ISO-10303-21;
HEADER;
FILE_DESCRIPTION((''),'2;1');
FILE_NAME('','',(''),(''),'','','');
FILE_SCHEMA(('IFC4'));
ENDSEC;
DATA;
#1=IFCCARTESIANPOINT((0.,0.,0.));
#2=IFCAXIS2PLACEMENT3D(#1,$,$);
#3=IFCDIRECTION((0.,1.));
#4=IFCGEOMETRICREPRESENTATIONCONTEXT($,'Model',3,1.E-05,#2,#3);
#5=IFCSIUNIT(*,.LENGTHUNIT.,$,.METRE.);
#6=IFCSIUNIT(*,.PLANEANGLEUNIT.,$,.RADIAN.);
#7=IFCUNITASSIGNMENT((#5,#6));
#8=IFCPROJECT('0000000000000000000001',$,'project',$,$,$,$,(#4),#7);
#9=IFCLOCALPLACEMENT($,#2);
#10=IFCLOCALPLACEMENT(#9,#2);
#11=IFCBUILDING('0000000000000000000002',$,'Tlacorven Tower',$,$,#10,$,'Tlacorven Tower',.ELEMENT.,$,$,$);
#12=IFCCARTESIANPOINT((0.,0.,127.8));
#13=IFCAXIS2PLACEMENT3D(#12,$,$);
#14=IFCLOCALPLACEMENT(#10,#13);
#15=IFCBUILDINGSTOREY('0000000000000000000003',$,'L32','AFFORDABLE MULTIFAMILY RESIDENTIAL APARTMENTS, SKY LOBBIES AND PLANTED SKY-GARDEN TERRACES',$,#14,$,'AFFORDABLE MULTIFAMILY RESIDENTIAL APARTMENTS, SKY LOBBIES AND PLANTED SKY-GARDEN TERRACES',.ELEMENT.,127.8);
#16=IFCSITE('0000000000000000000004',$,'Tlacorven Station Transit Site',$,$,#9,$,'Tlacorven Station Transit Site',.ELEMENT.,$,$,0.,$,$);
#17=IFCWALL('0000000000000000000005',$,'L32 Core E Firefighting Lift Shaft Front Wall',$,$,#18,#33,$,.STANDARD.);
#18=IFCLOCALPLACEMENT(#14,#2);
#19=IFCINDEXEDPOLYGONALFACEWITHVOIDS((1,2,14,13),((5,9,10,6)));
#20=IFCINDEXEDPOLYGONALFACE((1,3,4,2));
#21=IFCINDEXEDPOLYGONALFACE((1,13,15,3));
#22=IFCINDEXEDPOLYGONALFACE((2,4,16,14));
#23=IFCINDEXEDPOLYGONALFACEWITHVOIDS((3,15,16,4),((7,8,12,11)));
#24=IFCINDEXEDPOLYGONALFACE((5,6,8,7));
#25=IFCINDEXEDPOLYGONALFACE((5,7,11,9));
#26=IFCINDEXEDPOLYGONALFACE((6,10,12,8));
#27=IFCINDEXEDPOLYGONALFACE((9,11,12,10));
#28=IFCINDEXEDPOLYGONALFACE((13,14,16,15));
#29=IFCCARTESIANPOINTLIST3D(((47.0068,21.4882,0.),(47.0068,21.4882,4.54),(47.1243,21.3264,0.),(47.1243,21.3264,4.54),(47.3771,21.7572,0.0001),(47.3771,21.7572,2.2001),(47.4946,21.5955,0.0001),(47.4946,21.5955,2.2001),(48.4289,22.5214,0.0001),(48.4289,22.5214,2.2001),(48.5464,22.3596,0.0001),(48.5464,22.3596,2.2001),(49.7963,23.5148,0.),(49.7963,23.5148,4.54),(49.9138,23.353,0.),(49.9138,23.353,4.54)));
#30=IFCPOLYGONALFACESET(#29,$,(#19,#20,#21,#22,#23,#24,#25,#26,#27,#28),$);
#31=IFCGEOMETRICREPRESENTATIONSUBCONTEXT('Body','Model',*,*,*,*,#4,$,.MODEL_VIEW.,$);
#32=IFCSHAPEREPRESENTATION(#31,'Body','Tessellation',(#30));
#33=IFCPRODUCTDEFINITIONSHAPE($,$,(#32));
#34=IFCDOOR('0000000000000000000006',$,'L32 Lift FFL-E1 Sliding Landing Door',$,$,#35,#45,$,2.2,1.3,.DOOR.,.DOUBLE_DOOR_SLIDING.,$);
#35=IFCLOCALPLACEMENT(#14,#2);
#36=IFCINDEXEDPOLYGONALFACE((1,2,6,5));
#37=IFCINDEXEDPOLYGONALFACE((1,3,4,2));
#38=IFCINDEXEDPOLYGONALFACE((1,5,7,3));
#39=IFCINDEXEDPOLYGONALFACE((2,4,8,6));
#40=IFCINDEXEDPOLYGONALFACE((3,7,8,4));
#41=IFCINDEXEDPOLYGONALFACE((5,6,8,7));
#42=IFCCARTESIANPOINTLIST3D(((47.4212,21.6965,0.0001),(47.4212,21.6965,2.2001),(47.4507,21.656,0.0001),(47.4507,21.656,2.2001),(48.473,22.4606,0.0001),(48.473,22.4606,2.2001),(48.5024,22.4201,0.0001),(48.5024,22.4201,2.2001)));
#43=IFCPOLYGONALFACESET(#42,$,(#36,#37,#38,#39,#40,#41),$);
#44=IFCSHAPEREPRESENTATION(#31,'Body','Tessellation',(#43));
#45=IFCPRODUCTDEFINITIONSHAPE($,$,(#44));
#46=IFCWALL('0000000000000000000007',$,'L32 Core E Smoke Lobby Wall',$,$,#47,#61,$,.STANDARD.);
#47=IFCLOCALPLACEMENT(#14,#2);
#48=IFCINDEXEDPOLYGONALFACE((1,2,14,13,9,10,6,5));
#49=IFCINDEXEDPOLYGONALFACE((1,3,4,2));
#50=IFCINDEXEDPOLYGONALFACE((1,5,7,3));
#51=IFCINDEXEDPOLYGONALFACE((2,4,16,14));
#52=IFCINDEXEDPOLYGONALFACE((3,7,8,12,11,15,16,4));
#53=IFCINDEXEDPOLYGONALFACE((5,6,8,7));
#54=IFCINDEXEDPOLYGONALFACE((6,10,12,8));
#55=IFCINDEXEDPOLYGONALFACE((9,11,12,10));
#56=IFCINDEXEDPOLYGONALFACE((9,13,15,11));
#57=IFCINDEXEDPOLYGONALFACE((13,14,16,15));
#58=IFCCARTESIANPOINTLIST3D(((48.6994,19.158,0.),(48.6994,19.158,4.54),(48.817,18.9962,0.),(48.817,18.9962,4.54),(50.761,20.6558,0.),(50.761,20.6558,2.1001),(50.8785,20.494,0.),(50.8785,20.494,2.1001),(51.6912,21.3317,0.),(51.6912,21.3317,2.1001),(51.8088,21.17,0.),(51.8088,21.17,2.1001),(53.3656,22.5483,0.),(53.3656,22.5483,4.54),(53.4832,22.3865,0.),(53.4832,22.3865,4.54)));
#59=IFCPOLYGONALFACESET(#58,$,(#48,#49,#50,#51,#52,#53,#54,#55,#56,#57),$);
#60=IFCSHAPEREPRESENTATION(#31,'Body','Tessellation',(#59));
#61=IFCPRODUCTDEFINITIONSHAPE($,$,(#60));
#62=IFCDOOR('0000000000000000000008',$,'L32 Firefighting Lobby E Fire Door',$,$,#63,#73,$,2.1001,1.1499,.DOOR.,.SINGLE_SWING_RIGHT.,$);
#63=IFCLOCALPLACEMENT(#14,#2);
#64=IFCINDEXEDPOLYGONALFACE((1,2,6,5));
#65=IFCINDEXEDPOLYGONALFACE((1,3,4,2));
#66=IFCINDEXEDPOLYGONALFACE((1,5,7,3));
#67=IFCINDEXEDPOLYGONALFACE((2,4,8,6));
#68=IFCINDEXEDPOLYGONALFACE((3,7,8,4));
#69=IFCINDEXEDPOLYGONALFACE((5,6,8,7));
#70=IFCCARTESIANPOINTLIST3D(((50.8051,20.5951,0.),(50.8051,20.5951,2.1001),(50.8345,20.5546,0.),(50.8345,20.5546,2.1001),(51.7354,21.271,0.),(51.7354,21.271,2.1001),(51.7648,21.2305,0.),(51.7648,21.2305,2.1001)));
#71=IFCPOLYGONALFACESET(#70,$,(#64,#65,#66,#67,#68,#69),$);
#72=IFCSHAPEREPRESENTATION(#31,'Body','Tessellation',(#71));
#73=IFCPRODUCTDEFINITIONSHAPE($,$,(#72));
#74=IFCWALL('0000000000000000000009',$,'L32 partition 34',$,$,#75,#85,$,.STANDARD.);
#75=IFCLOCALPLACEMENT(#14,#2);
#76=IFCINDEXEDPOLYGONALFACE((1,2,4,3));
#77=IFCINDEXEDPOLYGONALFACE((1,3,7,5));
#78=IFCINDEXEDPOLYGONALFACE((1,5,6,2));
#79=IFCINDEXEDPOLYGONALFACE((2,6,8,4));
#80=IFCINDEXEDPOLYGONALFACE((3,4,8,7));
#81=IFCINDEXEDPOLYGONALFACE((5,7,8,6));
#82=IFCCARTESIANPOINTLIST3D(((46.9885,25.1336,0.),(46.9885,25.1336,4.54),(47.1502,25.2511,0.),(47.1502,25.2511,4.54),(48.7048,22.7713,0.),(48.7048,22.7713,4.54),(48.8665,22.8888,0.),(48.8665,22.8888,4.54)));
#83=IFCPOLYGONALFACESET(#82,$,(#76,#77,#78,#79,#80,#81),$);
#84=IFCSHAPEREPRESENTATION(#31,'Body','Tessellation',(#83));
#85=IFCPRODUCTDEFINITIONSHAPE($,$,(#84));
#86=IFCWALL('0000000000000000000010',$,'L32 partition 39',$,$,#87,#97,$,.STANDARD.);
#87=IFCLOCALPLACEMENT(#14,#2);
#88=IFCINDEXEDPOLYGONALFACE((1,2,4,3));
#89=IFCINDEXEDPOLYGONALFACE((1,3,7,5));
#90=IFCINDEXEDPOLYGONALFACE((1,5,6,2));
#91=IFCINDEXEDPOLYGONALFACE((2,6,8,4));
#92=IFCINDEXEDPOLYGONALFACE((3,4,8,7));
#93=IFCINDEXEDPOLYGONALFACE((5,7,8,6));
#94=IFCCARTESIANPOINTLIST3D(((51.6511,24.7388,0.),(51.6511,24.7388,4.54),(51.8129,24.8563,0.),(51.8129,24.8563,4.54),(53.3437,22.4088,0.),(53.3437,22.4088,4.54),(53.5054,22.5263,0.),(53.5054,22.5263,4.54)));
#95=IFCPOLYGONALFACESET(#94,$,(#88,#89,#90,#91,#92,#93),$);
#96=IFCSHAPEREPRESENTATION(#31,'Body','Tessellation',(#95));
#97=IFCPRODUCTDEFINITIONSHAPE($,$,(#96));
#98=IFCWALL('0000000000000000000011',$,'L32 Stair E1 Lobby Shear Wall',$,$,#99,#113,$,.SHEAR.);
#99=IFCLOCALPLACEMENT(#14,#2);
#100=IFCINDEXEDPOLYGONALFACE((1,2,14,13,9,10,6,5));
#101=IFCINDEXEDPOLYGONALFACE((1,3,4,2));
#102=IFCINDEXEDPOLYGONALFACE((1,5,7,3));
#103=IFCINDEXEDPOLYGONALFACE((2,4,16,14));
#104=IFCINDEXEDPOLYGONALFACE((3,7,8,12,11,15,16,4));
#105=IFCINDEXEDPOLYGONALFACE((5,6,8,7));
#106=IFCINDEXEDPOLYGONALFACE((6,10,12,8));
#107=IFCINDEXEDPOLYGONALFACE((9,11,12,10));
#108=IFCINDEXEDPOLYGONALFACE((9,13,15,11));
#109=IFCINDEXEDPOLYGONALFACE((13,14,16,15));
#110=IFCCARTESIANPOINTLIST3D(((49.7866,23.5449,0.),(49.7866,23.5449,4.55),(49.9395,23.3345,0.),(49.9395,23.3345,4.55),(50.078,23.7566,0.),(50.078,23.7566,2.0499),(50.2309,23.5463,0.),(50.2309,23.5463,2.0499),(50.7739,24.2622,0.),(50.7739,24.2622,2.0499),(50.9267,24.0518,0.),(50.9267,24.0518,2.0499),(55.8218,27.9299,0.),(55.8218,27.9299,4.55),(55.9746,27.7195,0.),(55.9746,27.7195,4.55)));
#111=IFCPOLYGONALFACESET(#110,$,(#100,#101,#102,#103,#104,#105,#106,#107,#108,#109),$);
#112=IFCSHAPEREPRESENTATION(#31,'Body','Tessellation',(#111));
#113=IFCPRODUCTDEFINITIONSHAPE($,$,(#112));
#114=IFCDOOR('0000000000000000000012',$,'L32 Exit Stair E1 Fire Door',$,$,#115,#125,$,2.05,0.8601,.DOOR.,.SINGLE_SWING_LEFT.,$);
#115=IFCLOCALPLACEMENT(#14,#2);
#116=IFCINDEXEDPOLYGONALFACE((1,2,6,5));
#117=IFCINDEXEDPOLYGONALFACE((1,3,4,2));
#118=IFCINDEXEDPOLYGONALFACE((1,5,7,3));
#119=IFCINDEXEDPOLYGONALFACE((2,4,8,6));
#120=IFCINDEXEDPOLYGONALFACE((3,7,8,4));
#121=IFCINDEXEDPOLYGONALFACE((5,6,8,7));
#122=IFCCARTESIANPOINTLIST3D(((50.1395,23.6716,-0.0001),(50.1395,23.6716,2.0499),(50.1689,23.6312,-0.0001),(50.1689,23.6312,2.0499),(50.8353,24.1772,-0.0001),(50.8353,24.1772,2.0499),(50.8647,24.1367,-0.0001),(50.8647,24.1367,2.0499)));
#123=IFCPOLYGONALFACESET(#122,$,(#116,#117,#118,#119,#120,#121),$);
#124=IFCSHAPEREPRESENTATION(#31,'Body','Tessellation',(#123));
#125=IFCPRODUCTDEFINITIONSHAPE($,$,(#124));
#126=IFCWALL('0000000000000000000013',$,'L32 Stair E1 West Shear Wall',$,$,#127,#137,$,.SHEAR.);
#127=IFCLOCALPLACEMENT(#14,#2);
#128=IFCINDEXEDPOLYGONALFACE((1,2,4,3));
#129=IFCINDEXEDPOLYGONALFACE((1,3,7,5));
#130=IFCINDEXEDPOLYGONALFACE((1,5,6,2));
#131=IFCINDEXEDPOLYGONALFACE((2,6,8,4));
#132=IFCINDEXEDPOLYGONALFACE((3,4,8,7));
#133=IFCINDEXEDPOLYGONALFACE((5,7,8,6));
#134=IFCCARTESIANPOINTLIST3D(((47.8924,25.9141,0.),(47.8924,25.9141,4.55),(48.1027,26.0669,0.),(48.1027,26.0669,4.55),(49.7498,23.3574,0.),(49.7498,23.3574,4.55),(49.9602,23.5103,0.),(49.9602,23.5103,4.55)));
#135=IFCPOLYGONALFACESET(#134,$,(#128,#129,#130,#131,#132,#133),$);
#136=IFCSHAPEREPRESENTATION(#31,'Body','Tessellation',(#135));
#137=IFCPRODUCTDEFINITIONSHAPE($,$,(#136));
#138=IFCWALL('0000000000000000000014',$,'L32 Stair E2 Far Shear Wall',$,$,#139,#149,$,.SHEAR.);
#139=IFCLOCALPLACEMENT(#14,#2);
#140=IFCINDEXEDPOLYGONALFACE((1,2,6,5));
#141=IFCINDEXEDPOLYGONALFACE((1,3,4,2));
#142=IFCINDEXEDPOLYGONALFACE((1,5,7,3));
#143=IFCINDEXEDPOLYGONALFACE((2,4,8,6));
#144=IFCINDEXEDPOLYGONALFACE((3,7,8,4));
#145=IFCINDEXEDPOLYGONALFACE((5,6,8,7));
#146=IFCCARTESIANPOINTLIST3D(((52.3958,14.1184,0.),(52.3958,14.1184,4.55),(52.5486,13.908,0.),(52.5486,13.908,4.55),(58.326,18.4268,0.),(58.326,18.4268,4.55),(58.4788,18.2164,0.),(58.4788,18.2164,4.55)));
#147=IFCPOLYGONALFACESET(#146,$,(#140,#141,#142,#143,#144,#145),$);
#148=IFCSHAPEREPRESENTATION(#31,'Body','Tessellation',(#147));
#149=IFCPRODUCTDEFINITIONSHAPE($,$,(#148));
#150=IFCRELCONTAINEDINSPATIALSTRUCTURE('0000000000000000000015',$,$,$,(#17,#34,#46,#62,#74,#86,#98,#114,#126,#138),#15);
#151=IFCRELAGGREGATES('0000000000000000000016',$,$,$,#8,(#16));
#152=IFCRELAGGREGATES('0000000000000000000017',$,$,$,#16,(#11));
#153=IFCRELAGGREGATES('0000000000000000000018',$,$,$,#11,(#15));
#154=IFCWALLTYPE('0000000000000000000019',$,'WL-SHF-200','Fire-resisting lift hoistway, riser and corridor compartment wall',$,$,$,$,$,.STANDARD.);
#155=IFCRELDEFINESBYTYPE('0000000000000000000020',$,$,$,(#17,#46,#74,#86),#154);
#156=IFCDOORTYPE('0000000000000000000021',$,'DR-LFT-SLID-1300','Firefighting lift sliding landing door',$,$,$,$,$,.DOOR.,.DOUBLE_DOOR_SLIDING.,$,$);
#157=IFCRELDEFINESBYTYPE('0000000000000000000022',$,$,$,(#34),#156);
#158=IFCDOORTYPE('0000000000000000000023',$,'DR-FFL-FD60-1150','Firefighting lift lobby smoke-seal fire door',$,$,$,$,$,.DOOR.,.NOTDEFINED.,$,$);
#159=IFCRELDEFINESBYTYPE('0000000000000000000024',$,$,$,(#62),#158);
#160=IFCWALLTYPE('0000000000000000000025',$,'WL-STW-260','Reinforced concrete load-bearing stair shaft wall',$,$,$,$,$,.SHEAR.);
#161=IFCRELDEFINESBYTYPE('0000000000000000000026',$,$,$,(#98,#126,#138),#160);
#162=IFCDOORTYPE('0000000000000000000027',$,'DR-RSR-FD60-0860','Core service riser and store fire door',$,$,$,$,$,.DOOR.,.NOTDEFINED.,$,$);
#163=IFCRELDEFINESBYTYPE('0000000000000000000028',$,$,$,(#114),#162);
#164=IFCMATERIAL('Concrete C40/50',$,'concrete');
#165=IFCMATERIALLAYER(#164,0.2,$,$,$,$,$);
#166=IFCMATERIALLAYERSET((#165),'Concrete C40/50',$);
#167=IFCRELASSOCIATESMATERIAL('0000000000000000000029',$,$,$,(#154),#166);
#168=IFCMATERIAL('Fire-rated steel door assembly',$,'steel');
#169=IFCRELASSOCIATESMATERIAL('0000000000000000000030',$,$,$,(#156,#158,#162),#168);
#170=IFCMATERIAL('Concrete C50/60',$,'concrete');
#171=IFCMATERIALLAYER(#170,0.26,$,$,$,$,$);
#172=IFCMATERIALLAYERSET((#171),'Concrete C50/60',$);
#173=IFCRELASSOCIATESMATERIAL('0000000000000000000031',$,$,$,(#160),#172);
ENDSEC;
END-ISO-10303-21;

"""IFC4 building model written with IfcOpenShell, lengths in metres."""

from ifc_helpers import new_model, si_unit, direction, frame, frame_2d, origin, place, context, subcontext, project, spatial, rectangle, extrude, source, transform, mapped, material, layer, layer_set, type_object, element, fill, save


model = new_model("IFC4")

# Units and contexts
model_context = context("Model", 3, precision=1e-05, world=origin(), true_north=direction((0.0, 1.0)))
body_context = subcontext(model_context, "Body", "Model", "MODEL_VIEW")
ifc_project = project(units=[si_unit("LENGTHUNIT", "METRE"), si_unit("PLANEANGLEUNIT", "RADIAN")], contexts=[model_context])

# Site, building, storey
site_placement = place(None, origin())
site = spatial("IfcSite", under=ifc_project, at=site_placement, Name="Tlacorven Station Transit Site", LongName="Tlacorven Station Transit Site", CompositionType="ELEMENT", RefElevation=0.0)
building_placement = place(site_placement, origin())
building = spatial("IfcBuilding", under=site, at=building_placement, Name="Tlacorven Tower", LongName="Tlacorven Tower", CompositionType="ELEMENT")
storey_placement = place(building_placement, frame((0.0, 0.0, 127.8)))
storey = spatial("IfcBuildingStorey", under=building, at=storey_placement, Name="L32", Description="AFFORDABLE MULTIFAMILY RESIDENTIAL APARTMENTS, SKY LOBBIES AND PLANTED SKY-GARDEN TERRACES", LongName="AFFORDABLE MULTIFAMILY RESIDENTIAL APARTMENTS, SKY LOBBIES AND PLANTED SKY-GARDEN TERRACES", CompositionType="ELEMENT", Elevation=127.8)

# Walls, openings, doors
ifc_material_1 = material(Name="Concrete C40/50", Category="concrete")
ifc_layer_1 = layer(ifc_material_1, 0.2)
ifc_layer_set_1 = layer_set([ifc_layer_1], Name="Concrete C40/50")
wall_type_1 = type_object("IfcWallType", Name="WL-SHF-200", Description="Fire-resisting lift hoistway, riser and corridor compartment wall", PredefinedType="STANDARD", material=ifc_layer_set_1)
wall_1_placement = place(storey_placement, frame((47.0654, 21.4072, 0.0), z_axis=(0.0, 0.0, 1.0), x_axis=(0.809033, 0.587763, 0.0)))
wall_1 = element("IfcWall", 1, at=wall_1_placement, inside=storey, type_object=wall_type_1, Name="L32 Core E Firefighting Lift Shaft Front Wall", PredefinedType="STANDARD", context=body_context, shape_type="SweptSolid", body=[
    extrude(rectangle(XDim=3.448, YDim=0.2, at=frame_2d((1.7241, 0.0))), origin(), (0.0, 0.0, 1.0), 4.54),
])
opening_1_placement = place(wall_1_placement, frame((0.458, 0.0, 0.0)))
opening_1 = element("IfcOpeningElement", 2, at=opening_1_placement, cuts=wall_1, PredefinedType="OPENING", context=body_context, shape_type="SweptSolid", body=[
    extrude(rectangle(XDim=1.3, YDim=2.2, at=frame_2d((0.6499, 1.1001))), frame((0.0, 0.1099, 0.0), z_axis=(0.0, -1.0, 0.0), x_axis=(1.0, 0.0, 0.0)), (0.0, 0.0, 1.0), 0.22),
])
ifc_material_2 = material(Name="Fire-rated steel door assembly", Category="steel")
door_type_1 = type_object("IfcDoorType", Name="DR-LFT-SLID-1300", Description="Firefighting lift sliding landing door", OperationType="DOUBLE_DOOR_SLIDING", PredefinedType="DOOR", material=ifc_material_2)
shared_shape_1 = source(origin(), body_context, "Body", "SweptSolid", [
    extrude(rectangle(XDim=1.3, YDim=2.2, at=frame_2d((0.6499, 1.1001))), frame((0.0, 0.0249, 0.0), z_axis=(0.0, -1.0, 0.0), x_axis=(1.0, 0.0, 0.0)), (0.0, 0.0, 1.0), 0.05),
])
door_1_placement = place(opening_1_placement, origin())
door_1 = element("IfcDoor", 3, at=door_1_placement, inside=storey, type_object=door_type_1, Name="L32 Lift FFL-E1 Sliding Landing Door", OperationType="DOUBLE_DOOR_SLIDING", OverallHeight=2.2, OverallWidth=1.3, PredefinedType="DOOR", context=body_context, shape_type="MappedRepresentation", body=[
    mapped(shared_shape_1, transform((0.0, 0.0, 0.0), scale=1.0)),
])
fill(opening_1, door_1)
wall_2_placement = place(storey_placement, frame((48.7583, 19.0771, 0.0), z_axis=(0.0, 0.0, 1.0), x_axis=(0.809005, 0.587802, 0.0)))
wall_2 = element("IfcWall", 4, at=wall_2_placement, inside=storey, type_object=wall_type_1, Name="L32 Core E Smoke Lobby Wall", PredefinedType="STANDARD", context=body_context, shape_type="SweptSolid", body=[
    extrude(rectangle(XDim=5.7678, YDim=0.2, at=frame_2d((2.8838, 0.0))), origin(), (0.0, 0.0, 1.0), 4.54),
])
opening_2_placement = place(wall_2_placement, frame((2.5481, 0.0, 0.0)))
opening_2 = element("IfcOpeningElement", 5, at=opening_2_placement, cuts=wall_2, PredefinedType="OPENING", context=body_context, shape_type="SweptSolid", body=[
    extrude(rectangle(XDim=1.1499, YDim=2.1001, at=frame_2d((0.575, 1.05))), frame((0.0, 0.1099, 0.0), z_axis=(0.0, -1.0, 0.0), x_axis=(1.0, 0.0, 0.0)), (0.0, 0.0, 1.0), 0.22),
])
door_type_2 = type_object("IfcDoorType", Name="DR-FFL-FD60-1150", Description="Firefighting lift lobby smoke-seal fire door", OperationType="NOTDEFINED", PredefinedType="DOOR", material=ifc_material_2)
shared_shape_2 = source(origin(), body_context, "Body", "SweptSolid", [
    extrude(rectangle(XDim=1.1499, YDim=2.1001, at=frame_2d((0.575, 1.05))), frame((0.0, 0.0249, 0.0), z_axis=(0.0, -1.0, 0.0), x_axis=(1.0, 0.0, 0.0)), (0.0, 0.0, 1.0), 0.05),
])
door_2_placement = place(opening_2_placement, origin())
door_2 = element("IfcDoor", 6, at=door_2_placement, inside=storey, type_object=door_type_2, Name="L32 Firefighting Lobby E Fire Door", OperationType="SINGLE_SWING_RIGHT", OverallHeight=2.1001, OverallWidth=1.1499, PredefinedType="DOOR", context=body_context, shape_type="MappedRepresentation", body=[
    mapped(shared_shape_2, transform((0.0, 0.0, 0.0), scale=1.0)),
])
fill(opening_2, door_2)

# Walls
wall_3_placement = place(storey_placement, frame((48.7856, 22.8301, 0.0), z_axis=(0.0, 0.0, 1.0), x_axis=(-0.587784, 0.809018, 0.0)))
element("IfcWall", 7, at=wall_3_placement, inside=storey, type_object=wall_type_1, Name="L32 partition 34", PredefinedType="STANDARD", context=body_context, shape_type="SweptSolid", body=[
    extrude(rectangle(XDim=2.9199, YDim=0.2, at=frame_2d((1.46, 0.0))), origin(), (0.0, 0.0, 1.0), 4.54),
])
wall_4_placement = place(storey_placement, frame((53.4246, 22.4675, 0.0), z_axis=(0.0, 0.0, 1.0), x_axis=(-0.587723, 0.809062, 0.0)))
element("IfcWall", 8, at=wall_4_placement, inside=storey, type_object=wall_type_1, Name="L32 partition 39", PredefinedType="STANDARD", context=body_context, shape_type="SweptSolid", body=[
    extrude(rectangle(XDim=2.8799, YDim=0.2, at=frame_2d((1.4399, 0.0))), origin(), (0.0, 0.0, 1.0), 4.54),
])

# Wall, opening, door
ifc_material_3 = material(Name="Concrete C50/60", Category="concrete")
ifc_layer_2 = layer(ifc_material_3, 0.26)
ifc_layer_set_2 = layer_set([ifc_layer_2], Name="Concrete C50/60")
wall_type_2 = type_object("IfcWallType", Name="WL-STW-260", Description="Reinforced concrete load-bearing stair shaft wall", PredefinedType="SHEAR", material=ifc_layer_set_2)
wall_5_placement = place(storey_placement, frame((49.863, 23.4397, 0.0), z_axis=(0.0, 0.0, 1.0), x_axis=(0.809003, 0.587804, 0.0)))
wall_5 = element("IfcWall", 9, at=wall_5_placement, inside=storey, type_object=wall_type_2, Name="L32 Stair E1 Lobby Shear Wall", PredefinedType="SHEAR", context=body_context, shape_type="SweptSolid", body=[
    extrude(rectangle(XDim=7.46, YDim=0.26, at=frame_2d((3.73, 0.0))), origin(), (0.0, 0.0, 1.0), 4.55),
])
opening_3_placement = place(wall_5_placement, frame((0.3601, 0.0, 0.0)))
opening_3 = element("IfcOpeningElement", 10, at=opening_3_placement, cuts=wall_5, PredefinedType="OPENING", context=body_context, shape_type="SweptSolid", body=[
    extrude(rectangle(XDim=0.8601, YDim=2.05, at=frame_2d((0.4302, 1.0249))), frame((0.0, 0.1401, 0.0), z_axis=(0.0, -1.0, 0.0), x_axis=(1.0, 0.0, 0.0)), (0.0, 0.0, 1.0), 0.28),
])
door_type_3 = type_object("IfcDoorType", Name="DR-RSR-FD60-0860", Description="Core service riser and store fire door", OperationType="NOTDEFINED", PredefinedType="DOOR", material=ifc_material_2)
shared_shape_3 = source(origin(), body_context, "Body", "SweptSolid", [
    extrude(rectangle(XDim=0.8601, YDim=2.05, at=frame_2d((0.4302, 1.0249))), frame((0.0, 0.0249, 0.0), z_axis=(0.0, -1.0, 0.0), x_axis=(1.0, 0.0, 0.0)), (0.0, 0.0, 1.0), 0.05),
])
door_3_placement = place(opening_3_placement, frame((0.8601, 0.0, 0.0), z_axis=(0.0, 0.0, 1.0), x_axis=(-1.0, 0.0, 0.0)))
door_3 = element("IfcDoor", 11, at=door_3_placement, inside=storey, type_object=door_type_3, Name="L32 Exit Stair E1 Fire Door", OperationType="SINGLE_SWING_LEFT", OverallHeight=2.05, OverallWidth=0.8601, PredefinedType="DOOR", context=body_context, shape_type="MappedRepresentation", body=[
    mapped(shared_shape_3, transform((0.0, 0.0, 0.0), scale=1.0)),
])
fill(opening_3, door_3)

# Walls
wall_6_placement = place(storey_placement, frame((49.855, 23.4338, 0.0), z_axis=(0.0, 0.0, 1.0), x_axis=(-0.587767, 0.80903, 0.0)))
element("IfcWall", 12, at=wall_6_placement, inside=storey, type_object=wall_type_2, Name="L32 Stair E1 West Shear Wall", PredefinedType="SHEAR", context=body_context, shape_type="SweptSolid", body=[
    extrude(rectangle(XDim=3.1602, YDim=0.26, at=frame_2d((1.5801, 0.0))), origin(), (0.0, 0.0, 1.0), 4.55),
])
wall_7_placement = place(storey_placement, frame((52.4722, 14.0132, 0.0), z_axis=(0.0, 0.0, 1.0), x_axis=(0.809028, 0.58777, 0.0)))
element("IfcWall", 13, at=wall_7_placement, inside=storey, type_object=wall_type_2, Name="L32 Stair E2 Far Shear Wall", PredefinedType="SHEAR", context=body_context, shape_type="SweptSolid", body=[
    extrude(rectangle(XDim=7.3301, YDim=0.26, at=frame_2d((3.665, 0.0))), origin(), (0.0, 0.0, 1.0), 4.55),
])

save(model, "model.ifc")
